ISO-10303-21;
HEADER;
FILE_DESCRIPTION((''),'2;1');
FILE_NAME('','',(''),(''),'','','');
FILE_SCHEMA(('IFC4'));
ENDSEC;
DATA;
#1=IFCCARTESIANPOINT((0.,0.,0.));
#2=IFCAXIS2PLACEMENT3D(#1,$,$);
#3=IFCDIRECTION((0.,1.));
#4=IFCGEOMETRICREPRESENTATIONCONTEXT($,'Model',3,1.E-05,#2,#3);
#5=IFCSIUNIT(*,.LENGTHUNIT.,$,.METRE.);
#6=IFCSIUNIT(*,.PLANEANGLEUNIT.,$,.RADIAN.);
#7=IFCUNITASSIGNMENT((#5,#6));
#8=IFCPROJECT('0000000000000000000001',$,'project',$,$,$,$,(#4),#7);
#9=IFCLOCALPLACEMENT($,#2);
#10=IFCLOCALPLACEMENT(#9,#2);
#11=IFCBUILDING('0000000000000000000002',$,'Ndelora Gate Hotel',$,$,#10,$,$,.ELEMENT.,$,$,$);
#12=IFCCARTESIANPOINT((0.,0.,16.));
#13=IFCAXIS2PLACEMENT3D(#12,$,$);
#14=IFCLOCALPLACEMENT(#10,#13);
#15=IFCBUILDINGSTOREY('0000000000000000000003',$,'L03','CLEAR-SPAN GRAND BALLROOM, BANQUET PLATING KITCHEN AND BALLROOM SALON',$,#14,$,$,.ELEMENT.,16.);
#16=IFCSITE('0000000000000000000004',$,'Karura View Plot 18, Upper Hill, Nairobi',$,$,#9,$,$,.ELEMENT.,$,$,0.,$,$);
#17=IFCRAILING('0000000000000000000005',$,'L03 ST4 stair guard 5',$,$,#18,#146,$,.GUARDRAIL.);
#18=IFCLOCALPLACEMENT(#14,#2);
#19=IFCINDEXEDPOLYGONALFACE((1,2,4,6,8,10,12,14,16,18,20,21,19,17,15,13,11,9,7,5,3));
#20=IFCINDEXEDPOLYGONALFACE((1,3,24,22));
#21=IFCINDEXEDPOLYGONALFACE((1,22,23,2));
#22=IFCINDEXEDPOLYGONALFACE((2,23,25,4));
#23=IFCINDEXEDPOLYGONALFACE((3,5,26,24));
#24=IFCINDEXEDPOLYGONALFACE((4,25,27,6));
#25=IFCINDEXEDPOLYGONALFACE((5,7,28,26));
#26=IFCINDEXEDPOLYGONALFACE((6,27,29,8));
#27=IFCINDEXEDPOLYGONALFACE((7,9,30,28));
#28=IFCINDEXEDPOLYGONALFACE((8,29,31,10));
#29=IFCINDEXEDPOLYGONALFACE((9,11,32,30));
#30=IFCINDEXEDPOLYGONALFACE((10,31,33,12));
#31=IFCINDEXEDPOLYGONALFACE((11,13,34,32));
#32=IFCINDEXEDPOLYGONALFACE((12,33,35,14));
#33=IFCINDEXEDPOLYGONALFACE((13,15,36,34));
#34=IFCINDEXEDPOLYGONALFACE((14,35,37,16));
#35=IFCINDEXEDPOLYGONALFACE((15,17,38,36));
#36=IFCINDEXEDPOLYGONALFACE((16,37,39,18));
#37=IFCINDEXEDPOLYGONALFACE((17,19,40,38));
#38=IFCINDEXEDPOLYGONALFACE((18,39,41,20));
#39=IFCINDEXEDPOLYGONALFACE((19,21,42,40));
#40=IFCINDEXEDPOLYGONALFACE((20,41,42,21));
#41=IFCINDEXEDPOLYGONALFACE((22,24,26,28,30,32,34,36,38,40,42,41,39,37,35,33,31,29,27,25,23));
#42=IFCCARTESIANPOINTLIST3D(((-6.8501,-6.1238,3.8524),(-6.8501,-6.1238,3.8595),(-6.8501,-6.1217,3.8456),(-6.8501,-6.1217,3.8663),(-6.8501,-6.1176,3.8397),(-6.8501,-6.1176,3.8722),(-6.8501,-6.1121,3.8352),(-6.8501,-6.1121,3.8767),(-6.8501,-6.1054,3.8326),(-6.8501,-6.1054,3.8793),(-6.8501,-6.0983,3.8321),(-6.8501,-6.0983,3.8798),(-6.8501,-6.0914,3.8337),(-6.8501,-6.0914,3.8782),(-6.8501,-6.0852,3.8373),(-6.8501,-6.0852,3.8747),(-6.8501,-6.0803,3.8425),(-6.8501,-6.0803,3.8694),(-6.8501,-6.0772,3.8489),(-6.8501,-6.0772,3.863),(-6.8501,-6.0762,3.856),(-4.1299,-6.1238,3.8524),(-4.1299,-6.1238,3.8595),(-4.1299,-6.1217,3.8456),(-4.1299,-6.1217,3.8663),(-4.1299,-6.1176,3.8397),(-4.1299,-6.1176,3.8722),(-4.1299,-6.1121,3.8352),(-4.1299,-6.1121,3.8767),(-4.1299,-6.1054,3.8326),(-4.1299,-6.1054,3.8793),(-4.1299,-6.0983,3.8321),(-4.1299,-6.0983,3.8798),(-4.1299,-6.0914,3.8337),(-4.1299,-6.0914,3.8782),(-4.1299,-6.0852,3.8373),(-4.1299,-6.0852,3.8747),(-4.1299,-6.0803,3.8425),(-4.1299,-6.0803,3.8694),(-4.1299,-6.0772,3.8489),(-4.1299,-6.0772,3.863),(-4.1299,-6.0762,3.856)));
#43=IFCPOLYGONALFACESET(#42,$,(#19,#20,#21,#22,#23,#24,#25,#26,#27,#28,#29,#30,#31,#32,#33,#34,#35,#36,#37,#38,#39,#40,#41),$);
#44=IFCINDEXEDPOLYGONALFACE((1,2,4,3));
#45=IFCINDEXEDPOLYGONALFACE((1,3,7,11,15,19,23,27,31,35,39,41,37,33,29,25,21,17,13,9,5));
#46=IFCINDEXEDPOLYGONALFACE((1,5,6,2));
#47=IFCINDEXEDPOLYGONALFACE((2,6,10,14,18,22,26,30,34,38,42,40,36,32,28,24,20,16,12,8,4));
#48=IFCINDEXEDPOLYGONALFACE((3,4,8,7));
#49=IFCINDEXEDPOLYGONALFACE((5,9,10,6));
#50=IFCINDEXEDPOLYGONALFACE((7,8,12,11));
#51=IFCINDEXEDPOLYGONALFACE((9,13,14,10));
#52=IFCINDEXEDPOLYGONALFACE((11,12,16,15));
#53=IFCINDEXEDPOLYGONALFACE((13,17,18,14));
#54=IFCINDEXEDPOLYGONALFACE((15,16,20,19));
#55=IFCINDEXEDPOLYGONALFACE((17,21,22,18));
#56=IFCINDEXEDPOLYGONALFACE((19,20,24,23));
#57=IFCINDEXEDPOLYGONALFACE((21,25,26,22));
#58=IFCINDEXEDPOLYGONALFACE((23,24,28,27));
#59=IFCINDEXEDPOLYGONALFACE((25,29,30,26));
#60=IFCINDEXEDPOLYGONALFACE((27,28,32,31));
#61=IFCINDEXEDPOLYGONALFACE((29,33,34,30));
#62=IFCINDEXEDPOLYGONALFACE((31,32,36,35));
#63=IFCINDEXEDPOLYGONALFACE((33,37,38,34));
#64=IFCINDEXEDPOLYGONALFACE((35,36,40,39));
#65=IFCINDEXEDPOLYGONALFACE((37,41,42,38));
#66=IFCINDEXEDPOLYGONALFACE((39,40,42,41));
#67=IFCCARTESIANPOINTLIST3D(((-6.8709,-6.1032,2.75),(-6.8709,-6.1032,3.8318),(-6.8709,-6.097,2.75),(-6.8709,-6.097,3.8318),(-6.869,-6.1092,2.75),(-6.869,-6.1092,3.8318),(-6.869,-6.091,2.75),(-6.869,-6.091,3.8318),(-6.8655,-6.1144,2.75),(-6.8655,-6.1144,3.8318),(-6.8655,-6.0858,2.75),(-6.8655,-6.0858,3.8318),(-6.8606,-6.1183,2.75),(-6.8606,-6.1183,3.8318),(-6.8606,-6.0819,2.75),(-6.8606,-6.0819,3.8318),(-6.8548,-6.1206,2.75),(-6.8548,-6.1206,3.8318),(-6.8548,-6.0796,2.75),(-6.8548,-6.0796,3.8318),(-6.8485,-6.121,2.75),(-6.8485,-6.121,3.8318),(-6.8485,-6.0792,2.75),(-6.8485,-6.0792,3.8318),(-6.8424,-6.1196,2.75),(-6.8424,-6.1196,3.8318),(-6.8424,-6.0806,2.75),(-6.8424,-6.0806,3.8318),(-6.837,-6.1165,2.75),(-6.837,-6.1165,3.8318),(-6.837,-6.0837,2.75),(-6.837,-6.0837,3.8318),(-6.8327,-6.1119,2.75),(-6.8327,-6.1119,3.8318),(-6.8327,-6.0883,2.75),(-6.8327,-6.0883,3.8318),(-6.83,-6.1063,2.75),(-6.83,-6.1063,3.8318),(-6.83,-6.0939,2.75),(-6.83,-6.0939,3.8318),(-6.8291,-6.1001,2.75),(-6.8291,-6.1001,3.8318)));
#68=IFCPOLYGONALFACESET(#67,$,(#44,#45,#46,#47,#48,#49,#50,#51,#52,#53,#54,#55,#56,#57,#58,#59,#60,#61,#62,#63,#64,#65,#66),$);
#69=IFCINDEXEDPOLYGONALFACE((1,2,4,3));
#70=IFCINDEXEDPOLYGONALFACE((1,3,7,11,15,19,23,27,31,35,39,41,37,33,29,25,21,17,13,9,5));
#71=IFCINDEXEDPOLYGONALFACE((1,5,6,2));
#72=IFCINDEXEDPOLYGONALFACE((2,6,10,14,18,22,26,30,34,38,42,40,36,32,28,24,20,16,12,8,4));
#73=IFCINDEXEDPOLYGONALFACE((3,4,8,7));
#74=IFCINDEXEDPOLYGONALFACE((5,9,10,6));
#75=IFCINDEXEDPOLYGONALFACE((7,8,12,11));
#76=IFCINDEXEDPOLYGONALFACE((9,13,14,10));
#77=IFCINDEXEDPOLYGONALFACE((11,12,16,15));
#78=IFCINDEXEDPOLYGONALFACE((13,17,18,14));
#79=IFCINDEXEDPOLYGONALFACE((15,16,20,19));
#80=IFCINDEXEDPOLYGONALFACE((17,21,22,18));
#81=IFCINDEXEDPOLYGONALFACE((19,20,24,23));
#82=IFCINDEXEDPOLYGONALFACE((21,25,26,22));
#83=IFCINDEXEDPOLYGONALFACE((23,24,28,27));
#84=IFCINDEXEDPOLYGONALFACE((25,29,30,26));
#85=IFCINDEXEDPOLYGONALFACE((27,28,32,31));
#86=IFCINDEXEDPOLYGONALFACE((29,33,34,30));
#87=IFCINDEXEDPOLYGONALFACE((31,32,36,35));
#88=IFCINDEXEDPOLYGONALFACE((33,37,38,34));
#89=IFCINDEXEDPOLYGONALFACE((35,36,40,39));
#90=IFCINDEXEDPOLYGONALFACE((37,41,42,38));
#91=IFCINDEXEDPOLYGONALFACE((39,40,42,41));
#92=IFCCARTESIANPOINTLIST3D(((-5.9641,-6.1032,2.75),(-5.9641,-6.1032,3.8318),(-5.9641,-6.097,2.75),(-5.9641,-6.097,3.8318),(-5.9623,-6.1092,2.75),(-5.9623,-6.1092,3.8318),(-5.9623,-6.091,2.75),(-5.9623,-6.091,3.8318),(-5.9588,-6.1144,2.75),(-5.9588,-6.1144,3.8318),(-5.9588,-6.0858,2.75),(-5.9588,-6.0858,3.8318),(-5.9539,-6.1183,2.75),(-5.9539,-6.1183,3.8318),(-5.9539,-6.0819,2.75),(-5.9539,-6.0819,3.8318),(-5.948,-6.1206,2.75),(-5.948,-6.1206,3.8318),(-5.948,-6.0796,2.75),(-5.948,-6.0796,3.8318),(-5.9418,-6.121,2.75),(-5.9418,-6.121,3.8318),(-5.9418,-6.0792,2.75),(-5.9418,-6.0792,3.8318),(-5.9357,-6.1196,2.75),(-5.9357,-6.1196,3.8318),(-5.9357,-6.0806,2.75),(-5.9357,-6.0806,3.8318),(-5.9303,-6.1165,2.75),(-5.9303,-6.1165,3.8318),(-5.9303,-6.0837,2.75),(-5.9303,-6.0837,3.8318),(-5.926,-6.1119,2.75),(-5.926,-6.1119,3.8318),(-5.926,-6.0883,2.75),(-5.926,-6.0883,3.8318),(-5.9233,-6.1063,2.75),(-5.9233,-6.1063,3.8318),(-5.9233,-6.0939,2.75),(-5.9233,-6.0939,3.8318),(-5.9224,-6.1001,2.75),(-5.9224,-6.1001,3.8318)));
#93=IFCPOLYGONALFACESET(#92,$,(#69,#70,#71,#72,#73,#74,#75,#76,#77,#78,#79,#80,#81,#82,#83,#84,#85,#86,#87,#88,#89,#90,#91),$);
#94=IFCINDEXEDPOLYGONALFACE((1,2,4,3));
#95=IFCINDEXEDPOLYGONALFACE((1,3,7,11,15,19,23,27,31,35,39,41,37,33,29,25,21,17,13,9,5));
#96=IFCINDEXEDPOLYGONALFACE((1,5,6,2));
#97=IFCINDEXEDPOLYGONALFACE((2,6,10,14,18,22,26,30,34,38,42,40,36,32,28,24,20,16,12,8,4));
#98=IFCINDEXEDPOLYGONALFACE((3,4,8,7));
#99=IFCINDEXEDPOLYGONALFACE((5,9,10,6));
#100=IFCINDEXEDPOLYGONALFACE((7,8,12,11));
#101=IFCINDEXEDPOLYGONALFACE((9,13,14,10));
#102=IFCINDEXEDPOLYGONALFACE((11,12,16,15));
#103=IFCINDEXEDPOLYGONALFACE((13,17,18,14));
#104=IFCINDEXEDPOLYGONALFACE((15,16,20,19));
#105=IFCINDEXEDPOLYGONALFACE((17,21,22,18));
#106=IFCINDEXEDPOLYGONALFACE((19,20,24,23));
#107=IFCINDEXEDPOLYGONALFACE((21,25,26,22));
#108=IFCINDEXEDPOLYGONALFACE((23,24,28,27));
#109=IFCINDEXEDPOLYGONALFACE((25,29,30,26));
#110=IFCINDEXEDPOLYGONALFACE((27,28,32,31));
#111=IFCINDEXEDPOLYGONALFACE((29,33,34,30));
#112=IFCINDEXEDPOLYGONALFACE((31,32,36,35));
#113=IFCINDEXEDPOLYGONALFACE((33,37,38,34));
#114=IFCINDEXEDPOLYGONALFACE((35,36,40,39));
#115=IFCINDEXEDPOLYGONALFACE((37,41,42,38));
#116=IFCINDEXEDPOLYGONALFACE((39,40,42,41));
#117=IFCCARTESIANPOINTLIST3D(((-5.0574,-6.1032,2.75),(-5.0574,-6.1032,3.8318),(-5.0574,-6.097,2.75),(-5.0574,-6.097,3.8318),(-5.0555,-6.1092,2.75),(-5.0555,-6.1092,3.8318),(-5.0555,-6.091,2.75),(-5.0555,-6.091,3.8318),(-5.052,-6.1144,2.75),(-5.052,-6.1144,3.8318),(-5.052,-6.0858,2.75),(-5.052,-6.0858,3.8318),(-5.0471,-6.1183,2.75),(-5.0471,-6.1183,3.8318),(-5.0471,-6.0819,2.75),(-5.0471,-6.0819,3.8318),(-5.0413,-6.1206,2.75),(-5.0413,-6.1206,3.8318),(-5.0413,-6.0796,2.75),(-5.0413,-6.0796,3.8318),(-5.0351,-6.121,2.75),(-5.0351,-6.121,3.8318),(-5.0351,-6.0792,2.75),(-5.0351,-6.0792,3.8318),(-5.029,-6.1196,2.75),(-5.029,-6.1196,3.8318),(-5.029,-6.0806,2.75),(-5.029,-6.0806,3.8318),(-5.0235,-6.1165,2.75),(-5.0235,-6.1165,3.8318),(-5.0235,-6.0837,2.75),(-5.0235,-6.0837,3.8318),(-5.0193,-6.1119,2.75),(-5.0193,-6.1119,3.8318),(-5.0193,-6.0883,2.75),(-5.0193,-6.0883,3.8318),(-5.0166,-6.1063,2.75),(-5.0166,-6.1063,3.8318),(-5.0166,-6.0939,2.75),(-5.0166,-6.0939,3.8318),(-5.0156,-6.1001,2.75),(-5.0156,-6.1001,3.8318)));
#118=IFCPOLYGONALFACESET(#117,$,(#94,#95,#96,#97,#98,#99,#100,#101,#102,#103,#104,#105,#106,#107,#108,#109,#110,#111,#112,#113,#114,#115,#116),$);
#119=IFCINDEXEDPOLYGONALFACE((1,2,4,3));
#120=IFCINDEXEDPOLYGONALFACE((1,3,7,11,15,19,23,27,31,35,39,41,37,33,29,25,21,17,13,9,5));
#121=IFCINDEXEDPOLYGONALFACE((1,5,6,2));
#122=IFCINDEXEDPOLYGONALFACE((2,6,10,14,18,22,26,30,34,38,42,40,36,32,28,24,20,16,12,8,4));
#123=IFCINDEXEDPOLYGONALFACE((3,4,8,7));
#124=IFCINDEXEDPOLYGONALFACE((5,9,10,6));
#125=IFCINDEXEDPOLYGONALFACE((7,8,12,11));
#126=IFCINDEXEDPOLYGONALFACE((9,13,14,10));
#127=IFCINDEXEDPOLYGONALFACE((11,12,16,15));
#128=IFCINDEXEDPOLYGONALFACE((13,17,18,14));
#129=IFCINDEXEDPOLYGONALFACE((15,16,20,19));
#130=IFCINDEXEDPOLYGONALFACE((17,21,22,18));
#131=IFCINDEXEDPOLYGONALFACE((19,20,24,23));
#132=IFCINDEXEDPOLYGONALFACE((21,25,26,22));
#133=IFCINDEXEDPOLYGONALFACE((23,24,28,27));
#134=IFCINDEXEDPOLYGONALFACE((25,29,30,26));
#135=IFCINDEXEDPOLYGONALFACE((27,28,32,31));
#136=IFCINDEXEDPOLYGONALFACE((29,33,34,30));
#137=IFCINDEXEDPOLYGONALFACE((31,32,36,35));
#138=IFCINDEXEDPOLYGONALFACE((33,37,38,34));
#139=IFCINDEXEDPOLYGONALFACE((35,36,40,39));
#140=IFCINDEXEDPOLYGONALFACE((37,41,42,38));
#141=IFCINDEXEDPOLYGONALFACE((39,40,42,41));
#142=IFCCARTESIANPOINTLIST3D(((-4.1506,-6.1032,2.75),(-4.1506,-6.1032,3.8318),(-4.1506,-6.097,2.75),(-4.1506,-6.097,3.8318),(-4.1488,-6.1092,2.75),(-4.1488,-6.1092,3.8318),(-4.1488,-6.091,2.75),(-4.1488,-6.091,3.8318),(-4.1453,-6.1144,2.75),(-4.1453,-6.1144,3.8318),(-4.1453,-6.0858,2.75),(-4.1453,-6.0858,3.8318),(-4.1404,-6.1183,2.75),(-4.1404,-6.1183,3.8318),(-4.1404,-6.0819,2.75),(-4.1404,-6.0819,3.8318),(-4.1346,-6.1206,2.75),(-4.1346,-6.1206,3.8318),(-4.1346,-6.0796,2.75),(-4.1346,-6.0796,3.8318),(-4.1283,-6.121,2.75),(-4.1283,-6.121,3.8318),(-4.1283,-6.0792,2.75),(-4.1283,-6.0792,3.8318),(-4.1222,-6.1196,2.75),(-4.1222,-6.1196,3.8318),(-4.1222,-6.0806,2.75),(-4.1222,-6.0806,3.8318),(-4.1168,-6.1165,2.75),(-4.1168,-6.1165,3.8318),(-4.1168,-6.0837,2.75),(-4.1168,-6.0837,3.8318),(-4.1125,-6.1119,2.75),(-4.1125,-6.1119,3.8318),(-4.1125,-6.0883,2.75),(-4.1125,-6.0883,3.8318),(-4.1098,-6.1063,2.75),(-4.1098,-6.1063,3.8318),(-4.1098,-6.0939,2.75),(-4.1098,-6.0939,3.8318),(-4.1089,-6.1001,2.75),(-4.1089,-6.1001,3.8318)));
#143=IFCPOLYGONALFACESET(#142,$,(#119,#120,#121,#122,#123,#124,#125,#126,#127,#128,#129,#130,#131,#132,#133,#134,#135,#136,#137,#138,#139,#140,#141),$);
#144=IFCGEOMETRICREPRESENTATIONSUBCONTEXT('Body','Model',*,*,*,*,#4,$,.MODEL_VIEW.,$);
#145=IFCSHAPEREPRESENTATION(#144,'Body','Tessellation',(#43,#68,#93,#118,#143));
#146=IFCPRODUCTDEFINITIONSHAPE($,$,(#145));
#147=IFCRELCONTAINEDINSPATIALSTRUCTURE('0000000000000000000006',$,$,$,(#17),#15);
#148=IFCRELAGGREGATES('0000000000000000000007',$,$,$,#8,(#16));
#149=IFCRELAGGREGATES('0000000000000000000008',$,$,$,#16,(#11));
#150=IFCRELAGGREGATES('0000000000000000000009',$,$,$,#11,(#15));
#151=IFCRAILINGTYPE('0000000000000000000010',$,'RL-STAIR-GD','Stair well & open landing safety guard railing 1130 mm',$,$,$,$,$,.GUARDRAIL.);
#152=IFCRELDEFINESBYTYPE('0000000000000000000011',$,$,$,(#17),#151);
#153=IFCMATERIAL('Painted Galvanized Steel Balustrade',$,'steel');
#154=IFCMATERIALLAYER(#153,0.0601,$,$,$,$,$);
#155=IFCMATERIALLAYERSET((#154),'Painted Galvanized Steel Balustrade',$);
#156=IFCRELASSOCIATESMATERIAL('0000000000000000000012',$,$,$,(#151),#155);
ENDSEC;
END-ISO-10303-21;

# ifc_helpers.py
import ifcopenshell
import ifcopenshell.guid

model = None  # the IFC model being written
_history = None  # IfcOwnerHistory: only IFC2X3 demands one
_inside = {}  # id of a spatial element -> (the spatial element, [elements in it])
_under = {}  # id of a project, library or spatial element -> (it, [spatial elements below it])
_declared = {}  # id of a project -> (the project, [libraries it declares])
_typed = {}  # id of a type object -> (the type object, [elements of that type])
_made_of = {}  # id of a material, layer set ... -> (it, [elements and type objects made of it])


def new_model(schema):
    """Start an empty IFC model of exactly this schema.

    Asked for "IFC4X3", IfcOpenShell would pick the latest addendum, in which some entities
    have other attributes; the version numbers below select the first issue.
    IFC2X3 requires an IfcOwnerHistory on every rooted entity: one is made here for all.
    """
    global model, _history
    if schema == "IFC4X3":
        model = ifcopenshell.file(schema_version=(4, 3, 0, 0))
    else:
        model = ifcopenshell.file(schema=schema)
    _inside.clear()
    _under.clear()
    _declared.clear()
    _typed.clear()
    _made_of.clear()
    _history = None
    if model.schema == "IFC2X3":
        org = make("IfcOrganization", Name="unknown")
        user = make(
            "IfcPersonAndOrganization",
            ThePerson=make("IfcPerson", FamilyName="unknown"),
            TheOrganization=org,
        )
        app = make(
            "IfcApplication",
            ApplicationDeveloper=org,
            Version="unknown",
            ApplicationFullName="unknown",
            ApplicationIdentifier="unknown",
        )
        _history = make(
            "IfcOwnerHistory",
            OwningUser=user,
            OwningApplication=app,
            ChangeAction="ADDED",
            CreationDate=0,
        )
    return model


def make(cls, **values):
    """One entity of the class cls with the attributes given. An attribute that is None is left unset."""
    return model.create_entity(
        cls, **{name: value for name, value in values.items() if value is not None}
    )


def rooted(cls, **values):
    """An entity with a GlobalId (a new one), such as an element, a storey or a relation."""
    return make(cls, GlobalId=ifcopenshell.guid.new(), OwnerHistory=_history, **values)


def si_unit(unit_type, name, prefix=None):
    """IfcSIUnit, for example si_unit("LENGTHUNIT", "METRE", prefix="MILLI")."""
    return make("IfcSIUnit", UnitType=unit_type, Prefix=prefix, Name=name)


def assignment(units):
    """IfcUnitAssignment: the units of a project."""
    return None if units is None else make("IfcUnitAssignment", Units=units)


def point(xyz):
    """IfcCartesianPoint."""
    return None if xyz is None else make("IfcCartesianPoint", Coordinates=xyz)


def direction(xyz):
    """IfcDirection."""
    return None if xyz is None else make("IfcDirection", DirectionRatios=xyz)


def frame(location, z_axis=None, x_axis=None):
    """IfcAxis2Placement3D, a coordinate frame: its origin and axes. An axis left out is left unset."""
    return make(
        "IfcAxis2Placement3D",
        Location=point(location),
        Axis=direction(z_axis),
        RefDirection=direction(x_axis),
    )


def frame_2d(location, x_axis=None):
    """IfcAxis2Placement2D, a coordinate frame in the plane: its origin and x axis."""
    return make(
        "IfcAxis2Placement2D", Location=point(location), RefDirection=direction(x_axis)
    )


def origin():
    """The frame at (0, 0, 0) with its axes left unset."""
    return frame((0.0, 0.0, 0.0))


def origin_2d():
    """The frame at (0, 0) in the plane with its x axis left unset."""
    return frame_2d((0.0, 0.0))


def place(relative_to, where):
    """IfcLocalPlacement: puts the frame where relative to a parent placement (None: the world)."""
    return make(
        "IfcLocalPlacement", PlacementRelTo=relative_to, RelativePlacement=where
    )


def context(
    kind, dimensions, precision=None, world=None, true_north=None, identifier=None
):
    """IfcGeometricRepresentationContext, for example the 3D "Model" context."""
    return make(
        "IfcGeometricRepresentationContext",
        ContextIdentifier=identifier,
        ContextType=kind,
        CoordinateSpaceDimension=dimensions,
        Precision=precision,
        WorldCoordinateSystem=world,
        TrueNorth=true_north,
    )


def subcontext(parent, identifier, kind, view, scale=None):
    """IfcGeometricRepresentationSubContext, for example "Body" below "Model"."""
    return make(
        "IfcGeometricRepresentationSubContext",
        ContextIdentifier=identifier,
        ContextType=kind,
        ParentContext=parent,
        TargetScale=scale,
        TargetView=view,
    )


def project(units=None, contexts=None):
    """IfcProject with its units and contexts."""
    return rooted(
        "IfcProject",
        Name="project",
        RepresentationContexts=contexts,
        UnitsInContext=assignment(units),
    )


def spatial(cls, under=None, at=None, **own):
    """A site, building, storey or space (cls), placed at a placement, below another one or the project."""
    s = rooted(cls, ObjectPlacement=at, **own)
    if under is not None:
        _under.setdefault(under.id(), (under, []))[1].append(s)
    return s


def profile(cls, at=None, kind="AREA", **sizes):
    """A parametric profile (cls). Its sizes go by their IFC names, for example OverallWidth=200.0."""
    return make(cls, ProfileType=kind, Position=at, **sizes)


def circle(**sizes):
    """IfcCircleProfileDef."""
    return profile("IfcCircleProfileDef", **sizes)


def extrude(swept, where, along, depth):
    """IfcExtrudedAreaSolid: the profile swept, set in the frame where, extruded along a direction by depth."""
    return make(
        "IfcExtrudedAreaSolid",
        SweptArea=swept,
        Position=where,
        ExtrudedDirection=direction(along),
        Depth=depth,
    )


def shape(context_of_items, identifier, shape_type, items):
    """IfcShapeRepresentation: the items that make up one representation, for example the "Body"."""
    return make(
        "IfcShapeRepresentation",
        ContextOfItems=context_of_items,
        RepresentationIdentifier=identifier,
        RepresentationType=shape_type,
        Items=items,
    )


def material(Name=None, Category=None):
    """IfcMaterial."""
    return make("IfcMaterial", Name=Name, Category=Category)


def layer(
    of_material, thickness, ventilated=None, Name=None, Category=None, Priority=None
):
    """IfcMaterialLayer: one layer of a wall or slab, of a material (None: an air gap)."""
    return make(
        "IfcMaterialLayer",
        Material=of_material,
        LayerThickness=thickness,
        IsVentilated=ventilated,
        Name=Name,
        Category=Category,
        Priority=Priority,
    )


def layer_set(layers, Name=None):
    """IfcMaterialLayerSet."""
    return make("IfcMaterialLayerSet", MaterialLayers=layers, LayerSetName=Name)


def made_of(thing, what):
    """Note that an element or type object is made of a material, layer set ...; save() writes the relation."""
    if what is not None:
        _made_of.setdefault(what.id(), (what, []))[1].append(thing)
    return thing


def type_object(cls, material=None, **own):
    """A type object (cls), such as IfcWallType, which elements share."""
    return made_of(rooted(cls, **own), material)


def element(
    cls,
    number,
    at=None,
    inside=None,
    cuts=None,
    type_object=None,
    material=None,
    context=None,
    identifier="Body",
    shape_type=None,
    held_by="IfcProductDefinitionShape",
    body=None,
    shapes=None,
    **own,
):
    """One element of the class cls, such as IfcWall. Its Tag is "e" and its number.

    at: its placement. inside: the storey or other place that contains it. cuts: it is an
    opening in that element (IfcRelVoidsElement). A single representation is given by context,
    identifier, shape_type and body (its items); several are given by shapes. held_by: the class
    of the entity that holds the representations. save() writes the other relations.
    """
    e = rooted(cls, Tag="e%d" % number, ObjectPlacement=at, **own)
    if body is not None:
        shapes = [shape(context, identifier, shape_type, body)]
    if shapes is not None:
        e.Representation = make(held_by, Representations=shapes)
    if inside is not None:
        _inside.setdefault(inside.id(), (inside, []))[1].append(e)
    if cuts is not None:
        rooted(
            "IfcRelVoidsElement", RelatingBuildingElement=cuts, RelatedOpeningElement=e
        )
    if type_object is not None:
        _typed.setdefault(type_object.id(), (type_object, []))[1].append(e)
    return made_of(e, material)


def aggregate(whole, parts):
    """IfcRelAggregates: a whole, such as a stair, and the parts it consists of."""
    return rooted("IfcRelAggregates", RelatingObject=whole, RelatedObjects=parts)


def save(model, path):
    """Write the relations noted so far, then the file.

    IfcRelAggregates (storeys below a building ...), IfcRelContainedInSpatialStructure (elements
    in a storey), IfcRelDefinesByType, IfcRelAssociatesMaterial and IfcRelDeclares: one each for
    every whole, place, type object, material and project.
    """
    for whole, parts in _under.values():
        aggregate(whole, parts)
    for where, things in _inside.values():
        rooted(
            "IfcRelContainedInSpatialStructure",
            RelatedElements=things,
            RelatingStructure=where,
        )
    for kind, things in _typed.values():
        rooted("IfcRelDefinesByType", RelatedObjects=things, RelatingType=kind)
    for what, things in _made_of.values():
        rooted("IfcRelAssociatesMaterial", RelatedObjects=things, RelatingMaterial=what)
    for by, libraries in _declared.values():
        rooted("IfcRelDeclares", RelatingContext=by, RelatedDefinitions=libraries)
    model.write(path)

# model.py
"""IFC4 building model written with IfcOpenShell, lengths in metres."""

from ifc_helpers import new_model, si_unit, direction, frame, origin, origin_2d, place, context, subcontext, project, spatial, circle, extrude, material, layer, layer_set, type_object, element, save


model = new_model("IFC4")

# Units and contexts
model_context = context("Model", 3, precision=1e-05, world=origin(), true_north=direction((0.0, 1.0)))
body_context = subcontext(model_context, "Body", "Model", "MODEL_VIEW")
ifc_project = project(units=[si_unit("LENGTHUNIT", "METRE"), si_unit("PLANEANGLEUNIT", "RADIAN")], contexts=[model_context])

# Site, building, storey
site_placement = place(None, origin())
site = spatial("IfcSite", under=ifc_project, at=site_placement, Name="Karura View Plot 18, Upper Hill, Nairobi", CompositionType="ELEMENT", RefElevation=0.0)
building_placement = place(site_placement, origin())
building = spatial("IfcBuilding", under=site, at=building_placement, Name="Ndelora Gate Hotel", CompositionType="ELEMENT")
storey_placement = place(building_placement, frame((0.0, 0.0, 16.0)))
storey = spatial("IfcBuildingStorey", under=building, at=storey_placement, Name="L03", Description="CLEAR-SPAN GRAND BALLROOM, BANQUET PLATING KITCHEN AND BALLROOM SALON", CompositionType="ELEMENT", Elevation=16.0)

# Railing
ifc_material_1 = material(Name="Painted Galvanized Steel Balustrade", Category="steel")
ifc_layer_1 = layer(ifc_material_1, 0.0601)
ifc_layer_set_1 = layer_set([ifc_layer_1], Name="Painted Galvanized Steel Balustrade")
railing_type = type_object("IfcRailingType", Name="RL-STAIR-GD", Description="Stair well & open landing safety guard railing 1130 mm", PredefinedType="GUARDRAIL", material=ifc_layer_set_1)
railing_1_placement = place(storey_placement, frame((-6.8501, -6.1001, 2.75)))
element("IfcRailing", 1, at=railing_1_placement, inside=storey, type_object=railing_type, Name="L03 ST4 stair guard 5", PredefinedType="GUARDRAIL", context=body_context, shape_type="SweptSolid", body=[
    extrude(circle(Radius=0.0239, at=origin_2d()), frame((0.0, 0.0, 1.106), z_axis=(1.0, 0.0, 0.0), x_axis=(0.0, 1.0, 0.0)), (0.0, 0.0, 1.0), 2.7202),
    extrude(circle(Radius=0.021, at=origin_2d()), origin(), (0.0, 0.0, 1.0), 1.0818),
    extrude(circle(Radius=0.021, at=origin_2d()), frame((0.9067, 0.0, 0.0)), (0.0, 0.0, 1.0), 1.0818),
    extrude(circle(Radius=0.021, at=origin_2d()), frame((1.8135, 0.0, 0.0)), (0.0, 0.0, 1.0), 1.0818),
    extrude(circle(Radius=0.021, at=origin_2d()), frame((2.7202, 0.0, 0.0)), (0.0, 0.0, 1.0), 1.0818),
])

save(model, "model.ifc")
